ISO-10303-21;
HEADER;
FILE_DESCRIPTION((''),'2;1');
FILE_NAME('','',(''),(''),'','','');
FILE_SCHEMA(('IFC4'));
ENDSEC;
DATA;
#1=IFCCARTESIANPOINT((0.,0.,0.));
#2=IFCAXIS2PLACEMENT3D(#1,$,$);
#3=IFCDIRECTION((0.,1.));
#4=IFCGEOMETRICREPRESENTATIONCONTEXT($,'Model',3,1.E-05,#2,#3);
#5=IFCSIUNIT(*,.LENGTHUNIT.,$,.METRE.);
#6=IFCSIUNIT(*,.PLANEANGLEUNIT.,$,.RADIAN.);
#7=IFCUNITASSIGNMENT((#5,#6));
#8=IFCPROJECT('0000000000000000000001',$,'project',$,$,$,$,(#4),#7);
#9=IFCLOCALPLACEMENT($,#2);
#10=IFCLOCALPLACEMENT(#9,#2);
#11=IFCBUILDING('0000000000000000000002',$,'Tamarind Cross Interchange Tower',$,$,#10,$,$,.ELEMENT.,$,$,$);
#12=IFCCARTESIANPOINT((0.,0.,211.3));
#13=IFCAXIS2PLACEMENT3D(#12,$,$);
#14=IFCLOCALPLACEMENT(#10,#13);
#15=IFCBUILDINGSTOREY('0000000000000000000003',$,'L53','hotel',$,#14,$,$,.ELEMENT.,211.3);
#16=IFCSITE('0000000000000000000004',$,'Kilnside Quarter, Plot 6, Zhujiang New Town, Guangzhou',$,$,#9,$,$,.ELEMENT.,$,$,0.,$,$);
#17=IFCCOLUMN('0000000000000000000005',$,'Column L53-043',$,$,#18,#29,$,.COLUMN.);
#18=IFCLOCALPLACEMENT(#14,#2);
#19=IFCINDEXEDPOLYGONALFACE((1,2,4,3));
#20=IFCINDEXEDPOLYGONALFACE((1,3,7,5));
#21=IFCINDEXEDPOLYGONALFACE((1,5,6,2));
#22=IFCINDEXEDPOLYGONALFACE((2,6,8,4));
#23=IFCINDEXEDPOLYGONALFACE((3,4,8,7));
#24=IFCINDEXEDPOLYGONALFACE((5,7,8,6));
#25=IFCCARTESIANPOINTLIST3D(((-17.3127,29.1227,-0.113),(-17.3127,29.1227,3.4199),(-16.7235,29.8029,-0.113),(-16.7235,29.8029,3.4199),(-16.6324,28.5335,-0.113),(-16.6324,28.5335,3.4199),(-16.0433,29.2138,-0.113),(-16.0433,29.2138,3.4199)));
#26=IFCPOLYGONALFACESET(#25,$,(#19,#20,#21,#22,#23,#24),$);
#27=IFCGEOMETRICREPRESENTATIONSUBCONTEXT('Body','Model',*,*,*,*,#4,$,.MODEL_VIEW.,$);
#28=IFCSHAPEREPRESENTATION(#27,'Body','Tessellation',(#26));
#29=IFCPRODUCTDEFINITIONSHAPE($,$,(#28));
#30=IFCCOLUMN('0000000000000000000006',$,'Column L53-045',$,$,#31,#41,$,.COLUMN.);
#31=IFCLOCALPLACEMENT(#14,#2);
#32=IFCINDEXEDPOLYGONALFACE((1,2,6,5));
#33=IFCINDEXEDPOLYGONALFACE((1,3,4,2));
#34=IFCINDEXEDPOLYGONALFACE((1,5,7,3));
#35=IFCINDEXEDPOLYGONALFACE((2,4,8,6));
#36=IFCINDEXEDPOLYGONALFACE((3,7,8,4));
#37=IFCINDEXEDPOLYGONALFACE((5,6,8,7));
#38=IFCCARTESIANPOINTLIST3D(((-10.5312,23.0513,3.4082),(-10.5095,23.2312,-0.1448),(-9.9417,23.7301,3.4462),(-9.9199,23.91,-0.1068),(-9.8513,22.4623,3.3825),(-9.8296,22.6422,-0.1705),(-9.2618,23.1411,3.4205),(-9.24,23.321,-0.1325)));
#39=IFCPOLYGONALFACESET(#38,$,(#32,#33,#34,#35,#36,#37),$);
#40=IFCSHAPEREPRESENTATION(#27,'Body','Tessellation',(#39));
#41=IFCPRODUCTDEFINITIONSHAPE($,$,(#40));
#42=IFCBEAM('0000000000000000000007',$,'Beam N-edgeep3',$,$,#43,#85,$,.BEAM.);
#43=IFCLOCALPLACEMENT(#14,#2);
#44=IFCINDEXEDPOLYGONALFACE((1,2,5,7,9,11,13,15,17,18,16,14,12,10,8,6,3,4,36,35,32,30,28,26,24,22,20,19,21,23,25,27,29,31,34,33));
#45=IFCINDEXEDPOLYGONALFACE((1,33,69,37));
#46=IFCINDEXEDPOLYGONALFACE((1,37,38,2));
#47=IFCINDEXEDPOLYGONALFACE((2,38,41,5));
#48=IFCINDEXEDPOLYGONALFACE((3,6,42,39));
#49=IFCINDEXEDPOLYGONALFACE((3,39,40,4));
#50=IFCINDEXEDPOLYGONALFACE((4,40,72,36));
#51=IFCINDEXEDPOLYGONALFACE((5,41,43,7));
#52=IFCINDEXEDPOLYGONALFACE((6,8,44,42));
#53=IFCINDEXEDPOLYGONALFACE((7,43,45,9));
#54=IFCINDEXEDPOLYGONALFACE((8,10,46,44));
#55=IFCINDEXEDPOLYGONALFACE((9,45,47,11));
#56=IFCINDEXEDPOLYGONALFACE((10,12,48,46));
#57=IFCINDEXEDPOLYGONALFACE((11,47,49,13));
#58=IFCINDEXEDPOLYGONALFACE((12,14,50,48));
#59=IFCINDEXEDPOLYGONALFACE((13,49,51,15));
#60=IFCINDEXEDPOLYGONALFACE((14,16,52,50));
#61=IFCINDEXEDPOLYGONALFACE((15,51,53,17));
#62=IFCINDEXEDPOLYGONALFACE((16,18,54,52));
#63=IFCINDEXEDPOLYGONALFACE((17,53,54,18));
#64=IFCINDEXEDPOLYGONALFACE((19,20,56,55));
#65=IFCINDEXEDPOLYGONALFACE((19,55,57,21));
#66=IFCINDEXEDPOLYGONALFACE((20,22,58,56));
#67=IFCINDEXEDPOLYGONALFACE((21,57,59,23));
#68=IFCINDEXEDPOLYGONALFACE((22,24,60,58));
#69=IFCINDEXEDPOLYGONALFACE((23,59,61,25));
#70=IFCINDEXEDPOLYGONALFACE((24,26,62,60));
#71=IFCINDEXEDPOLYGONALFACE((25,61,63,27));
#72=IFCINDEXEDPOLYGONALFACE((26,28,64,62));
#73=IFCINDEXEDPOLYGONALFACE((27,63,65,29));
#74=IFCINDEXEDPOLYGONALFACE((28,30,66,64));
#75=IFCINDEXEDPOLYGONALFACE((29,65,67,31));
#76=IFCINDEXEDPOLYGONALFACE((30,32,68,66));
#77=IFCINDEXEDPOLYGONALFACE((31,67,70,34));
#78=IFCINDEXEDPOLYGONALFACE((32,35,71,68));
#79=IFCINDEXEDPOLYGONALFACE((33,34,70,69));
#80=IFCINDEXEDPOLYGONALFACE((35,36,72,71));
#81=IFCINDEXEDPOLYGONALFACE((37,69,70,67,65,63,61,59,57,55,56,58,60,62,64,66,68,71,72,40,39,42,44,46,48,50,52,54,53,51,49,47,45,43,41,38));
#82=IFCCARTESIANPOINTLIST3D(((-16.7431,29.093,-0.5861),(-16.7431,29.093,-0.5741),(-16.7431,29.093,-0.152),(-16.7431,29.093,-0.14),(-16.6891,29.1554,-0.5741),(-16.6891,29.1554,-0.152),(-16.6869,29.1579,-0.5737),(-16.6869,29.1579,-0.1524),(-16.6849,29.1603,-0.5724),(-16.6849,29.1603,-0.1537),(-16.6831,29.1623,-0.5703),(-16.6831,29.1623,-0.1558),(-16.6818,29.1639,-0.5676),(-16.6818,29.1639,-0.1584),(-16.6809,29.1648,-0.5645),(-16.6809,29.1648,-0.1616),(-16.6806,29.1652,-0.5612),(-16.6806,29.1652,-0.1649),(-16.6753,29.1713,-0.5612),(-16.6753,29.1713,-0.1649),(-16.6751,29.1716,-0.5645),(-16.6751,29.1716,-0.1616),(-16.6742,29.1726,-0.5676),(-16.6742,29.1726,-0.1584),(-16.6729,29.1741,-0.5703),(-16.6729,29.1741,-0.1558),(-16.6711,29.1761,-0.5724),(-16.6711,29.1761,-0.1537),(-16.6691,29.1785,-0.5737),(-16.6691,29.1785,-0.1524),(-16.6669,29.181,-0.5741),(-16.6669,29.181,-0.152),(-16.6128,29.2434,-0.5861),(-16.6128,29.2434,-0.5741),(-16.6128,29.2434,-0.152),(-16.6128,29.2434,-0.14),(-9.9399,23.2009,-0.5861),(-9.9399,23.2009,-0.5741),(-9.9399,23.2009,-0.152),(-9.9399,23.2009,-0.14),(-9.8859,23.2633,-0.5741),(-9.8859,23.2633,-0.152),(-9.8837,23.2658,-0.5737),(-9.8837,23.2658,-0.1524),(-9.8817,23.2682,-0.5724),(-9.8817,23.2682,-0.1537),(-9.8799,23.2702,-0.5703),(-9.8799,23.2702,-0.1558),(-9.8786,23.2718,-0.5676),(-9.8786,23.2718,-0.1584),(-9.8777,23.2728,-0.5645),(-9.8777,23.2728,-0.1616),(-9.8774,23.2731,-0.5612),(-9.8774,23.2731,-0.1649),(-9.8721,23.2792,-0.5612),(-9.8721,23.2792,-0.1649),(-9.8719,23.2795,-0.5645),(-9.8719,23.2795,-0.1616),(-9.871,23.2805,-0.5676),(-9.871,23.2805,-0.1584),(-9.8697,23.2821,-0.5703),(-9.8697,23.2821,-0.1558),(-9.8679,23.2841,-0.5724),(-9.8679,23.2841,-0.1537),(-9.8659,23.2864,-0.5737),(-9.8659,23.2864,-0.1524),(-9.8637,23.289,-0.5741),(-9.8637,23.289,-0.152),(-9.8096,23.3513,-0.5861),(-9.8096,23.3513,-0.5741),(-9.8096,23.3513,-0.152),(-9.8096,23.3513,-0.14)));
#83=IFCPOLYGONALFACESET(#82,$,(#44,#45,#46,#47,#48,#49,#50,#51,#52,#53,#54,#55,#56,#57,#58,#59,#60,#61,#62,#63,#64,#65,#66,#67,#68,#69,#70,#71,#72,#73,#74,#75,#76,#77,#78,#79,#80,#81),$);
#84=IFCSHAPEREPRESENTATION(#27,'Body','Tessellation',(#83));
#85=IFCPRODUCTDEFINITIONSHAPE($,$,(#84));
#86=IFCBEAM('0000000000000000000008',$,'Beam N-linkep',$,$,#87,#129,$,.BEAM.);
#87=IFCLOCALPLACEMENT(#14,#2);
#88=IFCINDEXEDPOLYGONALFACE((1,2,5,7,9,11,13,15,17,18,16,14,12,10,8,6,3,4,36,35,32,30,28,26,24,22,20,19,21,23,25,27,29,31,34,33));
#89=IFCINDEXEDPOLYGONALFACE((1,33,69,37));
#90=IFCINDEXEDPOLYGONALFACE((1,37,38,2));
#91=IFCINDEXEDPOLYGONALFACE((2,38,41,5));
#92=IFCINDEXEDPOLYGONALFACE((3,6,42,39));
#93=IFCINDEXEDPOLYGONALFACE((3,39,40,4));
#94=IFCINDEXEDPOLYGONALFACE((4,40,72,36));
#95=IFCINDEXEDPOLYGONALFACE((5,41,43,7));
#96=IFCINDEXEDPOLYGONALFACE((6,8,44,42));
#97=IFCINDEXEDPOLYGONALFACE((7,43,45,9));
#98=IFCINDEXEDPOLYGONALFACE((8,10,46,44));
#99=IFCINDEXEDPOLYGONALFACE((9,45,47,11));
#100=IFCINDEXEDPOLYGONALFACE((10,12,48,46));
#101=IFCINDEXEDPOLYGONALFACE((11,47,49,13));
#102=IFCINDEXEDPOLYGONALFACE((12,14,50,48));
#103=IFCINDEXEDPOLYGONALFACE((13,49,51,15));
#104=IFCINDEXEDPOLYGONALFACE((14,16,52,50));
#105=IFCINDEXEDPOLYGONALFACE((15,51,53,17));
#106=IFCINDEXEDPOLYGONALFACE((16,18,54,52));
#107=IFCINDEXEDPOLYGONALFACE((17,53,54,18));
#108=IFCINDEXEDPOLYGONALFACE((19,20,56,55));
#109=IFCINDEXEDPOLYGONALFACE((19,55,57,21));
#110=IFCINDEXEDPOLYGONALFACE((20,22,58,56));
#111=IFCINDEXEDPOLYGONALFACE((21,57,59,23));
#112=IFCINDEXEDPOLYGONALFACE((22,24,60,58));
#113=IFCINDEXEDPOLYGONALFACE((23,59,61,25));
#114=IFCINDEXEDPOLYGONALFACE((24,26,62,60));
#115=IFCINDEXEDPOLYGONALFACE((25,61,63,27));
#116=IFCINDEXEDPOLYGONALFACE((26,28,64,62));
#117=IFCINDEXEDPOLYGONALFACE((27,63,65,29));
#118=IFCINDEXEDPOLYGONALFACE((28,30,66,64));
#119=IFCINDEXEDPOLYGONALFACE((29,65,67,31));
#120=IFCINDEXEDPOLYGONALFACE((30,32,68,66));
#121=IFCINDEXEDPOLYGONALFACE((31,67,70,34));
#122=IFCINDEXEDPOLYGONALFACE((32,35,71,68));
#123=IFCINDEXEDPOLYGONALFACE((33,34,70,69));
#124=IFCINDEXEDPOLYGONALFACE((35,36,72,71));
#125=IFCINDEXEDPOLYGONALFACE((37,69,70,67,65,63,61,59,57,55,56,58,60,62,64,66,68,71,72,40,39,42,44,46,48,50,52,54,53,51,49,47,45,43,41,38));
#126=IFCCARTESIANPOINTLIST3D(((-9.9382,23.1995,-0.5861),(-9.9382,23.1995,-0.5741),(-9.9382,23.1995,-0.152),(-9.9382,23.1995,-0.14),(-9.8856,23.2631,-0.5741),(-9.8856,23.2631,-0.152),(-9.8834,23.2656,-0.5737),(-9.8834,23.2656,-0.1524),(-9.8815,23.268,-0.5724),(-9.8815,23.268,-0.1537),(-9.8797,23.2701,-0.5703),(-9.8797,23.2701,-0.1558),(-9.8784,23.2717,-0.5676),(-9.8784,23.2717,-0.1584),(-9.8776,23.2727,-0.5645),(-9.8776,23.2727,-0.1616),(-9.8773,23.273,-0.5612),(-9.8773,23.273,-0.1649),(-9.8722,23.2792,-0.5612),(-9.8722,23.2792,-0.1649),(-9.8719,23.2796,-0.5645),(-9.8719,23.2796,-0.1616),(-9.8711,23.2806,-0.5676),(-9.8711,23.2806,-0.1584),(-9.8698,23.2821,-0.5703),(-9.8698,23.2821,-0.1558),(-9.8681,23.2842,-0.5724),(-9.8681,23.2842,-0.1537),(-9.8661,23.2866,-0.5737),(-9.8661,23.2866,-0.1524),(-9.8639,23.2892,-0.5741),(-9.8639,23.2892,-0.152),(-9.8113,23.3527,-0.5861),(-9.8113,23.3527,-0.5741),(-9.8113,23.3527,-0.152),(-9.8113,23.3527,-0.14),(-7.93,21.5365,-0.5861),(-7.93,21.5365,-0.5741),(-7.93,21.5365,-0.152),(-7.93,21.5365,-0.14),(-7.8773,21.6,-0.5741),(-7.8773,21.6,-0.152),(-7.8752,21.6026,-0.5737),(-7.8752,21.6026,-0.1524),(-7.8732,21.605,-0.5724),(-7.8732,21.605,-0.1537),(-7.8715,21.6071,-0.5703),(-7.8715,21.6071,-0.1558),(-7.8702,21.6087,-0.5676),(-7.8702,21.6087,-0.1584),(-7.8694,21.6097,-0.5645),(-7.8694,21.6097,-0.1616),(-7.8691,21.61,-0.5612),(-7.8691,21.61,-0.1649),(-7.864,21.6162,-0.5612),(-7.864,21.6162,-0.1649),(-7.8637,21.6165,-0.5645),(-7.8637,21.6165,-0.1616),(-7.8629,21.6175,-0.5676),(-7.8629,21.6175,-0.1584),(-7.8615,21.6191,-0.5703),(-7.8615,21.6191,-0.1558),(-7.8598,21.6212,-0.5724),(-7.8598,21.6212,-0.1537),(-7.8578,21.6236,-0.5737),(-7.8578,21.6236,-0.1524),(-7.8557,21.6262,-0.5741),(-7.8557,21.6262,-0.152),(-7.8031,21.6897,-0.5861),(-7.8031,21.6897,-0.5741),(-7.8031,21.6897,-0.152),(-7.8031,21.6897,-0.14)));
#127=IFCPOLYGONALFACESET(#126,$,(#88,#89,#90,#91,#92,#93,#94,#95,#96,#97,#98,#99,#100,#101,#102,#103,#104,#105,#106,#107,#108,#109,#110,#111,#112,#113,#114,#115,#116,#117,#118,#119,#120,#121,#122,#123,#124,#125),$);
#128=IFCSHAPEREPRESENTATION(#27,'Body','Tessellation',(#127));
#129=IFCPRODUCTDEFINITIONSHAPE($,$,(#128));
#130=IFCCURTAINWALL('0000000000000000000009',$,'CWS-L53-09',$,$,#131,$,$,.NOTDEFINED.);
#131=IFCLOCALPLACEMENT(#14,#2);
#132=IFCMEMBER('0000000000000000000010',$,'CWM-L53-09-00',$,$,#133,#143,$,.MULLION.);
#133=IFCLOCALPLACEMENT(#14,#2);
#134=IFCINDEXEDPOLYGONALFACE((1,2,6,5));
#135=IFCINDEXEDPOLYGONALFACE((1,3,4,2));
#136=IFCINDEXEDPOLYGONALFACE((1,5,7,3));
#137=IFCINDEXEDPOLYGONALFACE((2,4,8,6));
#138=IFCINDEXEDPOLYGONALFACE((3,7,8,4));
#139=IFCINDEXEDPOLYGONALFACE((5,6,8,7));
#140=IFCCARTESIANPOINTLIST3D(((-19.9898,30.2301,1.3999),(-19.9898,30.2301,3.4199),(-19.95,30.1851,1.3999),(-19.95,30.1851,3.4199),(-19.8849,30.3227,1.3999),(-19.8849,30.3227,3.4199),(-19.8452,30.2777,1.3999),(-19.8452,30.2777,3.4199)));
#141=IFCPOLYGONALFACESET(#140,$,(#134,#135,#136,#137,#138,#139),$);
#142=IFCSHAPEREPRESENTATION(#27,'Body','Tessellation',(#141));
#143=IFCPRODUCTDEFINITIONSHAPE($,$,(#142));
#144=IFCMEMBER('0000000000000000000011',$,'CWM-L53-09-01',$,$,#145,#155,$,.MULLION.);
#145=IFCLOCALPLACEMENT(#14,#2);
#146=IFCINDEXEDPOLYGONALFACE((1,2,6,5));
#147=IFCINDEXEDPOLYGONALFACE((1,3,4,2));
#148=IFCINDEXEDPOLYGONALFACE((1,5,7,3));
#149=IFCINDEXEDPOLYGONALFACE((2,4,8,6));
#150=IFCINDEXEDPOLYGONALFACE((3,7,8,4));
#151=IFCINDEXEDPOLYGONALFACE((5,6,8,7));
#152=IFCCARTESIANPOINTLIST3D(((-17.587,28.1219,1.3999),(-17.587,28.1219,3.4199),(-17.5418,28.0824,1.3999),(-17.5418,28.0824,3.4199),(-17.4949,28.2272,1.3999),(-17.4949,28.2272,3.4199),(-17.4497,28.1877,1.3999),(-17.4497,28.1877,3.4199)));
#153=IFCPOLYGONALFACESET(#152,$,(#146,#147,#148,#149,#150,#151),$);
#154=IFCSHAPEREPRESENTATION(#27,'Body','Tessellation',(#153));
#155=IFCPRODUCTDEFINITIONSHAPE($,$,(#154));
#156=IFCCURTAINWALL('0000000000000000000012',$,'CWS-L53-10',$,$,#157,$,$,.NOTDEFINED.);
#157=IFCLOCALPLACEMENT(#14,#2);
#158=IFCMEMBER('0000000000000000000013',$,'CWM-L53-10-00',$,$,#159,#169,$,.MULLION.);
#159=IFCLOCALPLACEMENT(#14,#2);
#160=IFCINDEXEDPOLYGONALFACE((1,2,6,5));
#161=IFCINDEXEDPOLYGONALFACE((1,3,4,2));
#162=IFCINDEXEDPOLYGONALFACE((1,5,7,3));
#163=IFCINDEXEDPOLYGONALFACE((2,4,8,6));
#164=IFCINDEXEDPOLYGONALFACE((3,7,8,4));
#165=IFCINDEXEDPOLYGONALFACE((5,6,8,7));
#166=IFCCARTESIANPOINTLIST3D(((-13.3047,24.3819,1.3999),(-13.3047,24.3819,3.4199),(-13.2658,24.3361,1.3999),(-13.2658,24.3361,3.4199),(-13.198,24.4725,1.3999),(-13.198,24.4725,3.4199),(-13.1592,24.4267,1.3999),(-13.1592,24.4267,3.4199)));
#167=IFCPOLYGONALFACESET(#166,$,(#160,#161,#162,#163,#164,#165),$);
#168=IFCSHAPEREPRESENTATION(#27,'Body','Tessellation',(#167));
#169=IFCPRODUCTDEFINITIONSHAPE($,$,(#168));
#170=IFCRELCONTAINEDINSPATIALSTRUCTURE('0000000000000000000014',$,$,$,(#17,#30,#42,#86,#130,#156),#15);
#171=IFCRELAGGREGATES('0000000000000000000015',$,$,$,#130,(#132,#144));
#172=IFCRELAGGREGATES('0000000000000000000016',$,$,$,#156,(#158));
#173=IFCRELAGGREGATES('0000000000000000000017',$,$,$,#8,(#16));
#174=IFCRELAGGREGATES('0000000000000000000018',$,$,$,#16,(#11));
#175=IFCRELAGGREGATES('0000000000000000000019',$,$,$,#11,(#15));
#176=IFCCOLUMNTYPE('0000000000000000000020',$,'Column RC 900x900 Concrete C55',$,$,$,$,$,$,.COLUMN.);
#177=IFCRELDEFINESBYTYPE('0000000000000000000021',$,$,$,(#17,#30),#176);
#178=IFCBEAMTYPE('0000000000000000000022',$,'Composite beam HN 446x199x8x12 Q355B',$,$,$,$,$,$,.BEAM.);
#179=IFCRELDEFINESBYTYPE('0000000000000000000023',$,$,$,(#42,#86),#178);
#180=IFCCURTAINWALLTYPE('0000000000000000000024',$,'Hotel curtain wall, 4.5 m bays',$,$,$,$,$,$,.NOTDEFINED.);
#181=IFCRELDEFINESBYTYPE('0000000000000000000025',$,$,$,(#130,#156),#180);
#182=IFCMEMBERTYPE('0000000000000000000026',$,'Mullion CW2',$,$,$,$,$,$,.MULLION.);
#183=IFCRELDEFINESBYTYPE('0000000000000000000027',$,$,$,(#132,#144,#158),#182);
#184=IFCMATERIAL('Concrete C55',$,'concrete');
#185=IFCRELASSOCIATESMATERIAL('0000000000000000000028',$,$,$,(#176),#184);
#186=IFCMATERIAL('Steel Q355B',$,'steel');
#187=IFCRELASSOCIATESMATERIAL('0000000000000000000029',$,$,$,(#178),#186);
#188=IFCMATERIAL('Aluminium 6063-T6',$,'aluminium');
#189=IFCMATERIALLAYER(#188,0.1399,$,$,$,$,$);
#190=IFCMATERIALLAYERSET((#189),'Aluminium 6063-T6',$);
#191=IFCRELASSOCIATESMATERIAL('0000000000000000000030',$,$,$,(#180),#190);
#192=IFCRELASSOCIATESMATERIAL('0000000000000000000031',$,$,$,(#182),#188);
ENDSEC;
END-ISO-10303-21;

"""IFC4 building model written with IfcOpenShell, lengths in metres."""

from ifc_helpers import new_model, si_unit, direction, frame, origin, origin_2d, place, context, subcontext, project, spatial, rectangle, i_section, extrude, material, layer, layer_set, material_profile, profile_set, type_object, element, aggregate, save


model = new_model("IFC4")

# Units and contexts
model_context = context("Model", 3, precision=1e-05, world=origin(), true_north=direction((0.0, 1.0)))
body_context = subcontext(model_context, "Body", "Model", "MODEL_VIEW")
ifc_project = project(units=[si_unit("LENGTHUNIT", "METRE"), si_unit("PLANEANGLEUNIT", "RADIAN")], contexts=[model_context])

# Site, building, storey
site_placement = place(None, origin())
site = spatial("IfcSite", under=ifc_project, at=site_placement, Name="Kilnside Quarter, Plot 6, Zhujiang New Town, Guangzhou", CompositionType="ELEMENT", RefElevation=0.0)
building_placement = place(site_placement, origin())
building = spatial("IfcBuilding", under=site, at=building_placement, Name="Tamarind Cross Interchange Tower", CompositionType="ELEMENT")
storey_placement = place(building_placement, frame((0.0, 0.0, 211.3)))
storey = spatial("IfcBuildingStorey", under=building, at=storey_placement, Name="L53", Description="hotel", CompositionType="ELEMENT", Elevation=211.3)

# Columns
ifc_material_1 = material(Name="Concrete C55", Category="concrete")
ifc_material_profile_1 = material_profile(ifc_material_1, rectangle(XDim=0.8999, YDim=0.8999, at=origin_2d()), Name="RC 900x900")
ifc_profile_set_1 = profile_set([ifc_material_profile_1], Name="Concrete C55")
column_type = type_object("IfcColumnType", Name="Column RC 900x900 Concrete C55", PredefinedType="COLUMN", material=ifc_profile_set_1)
column_1_placement = place(storey_placement, frame((-16.678, 29.1682, -0.113), z_axis=(0.0, 0.0, 1.0), x_axis=(0.654667, 0.755917, 0.0)))
element("IfcColumn", 1, at=column_1_placement, inside=storey, type_object=column_type, Name="Column L53-043", PredefinedType="COLUMN", context=body_context, shape_type="SweptSolid", body=[
    extrude(rectangle(XDim=0.8999, YDim=0.8999, at=origin_2d()), origin(), (0.0, 0.0, 1.0), 3.533),
])
column_2_placement = place(storey_placement, frame((-9.8748, 23.2761, -0.1387), z_axis=(-0.006108, -0.050577, 0.998702), x_axis=(0.65512, 0.754345, 0.042208)))
element("IfcColumn", 2, at=column_2_placement, inside=storey, type_object=column_type, Name="Column L53-045", PredefinedType="COLUMN", context=body_context, shape_type="SweptSolid", body=[
    extrude(rectangle(XDim=0.8999, YDim=0.8999, at=origin_2d()), origin(), (0.0, 0.0, 1.0), 3.5576),
])

# Beams
ifc_material_2 = material(Name="Steel Q355B", Category="steel")
ifc_material_profile_2 = material_profile(ifc_material_2, i_section(OverallWidth=0.199, OverallDepth=0.446, WebThickness=0.0081, FlangeThickness=0.012, FilletRadius=0.0129, at=origin_2d()), Name="HN 446x199x8x12")
ifc_profile_set_2 = profile_set([ifc_material_profile_2], Name="Steel Q355B")
beam_type = type_object("IfcBeamType", Name="Composite beam HN 446x199x8x12 Q355B", PredefinedType="BEAM", material=ifc_profile_set_2)
beam_1_placement = place(storey_placement, frame((-16.678, 29.1682, -0.363), z_axis=(0.755911, -0.654674, 0.0), x_axis=(0.654674, 0.755911, 0.0)))
element("IfcBeam", 3, at=beam_1_placement, inside=storey, type_object=beam_type, Name="Beam N-edgeep3", PredefinedType="BEAM", context=body_context, shape_type="SweptSolid", body=[
    extrude(i_section(OverallWidth=0.199, OverallDepth=0.446, WebThickness=0.0081, FlangeThickness=0.012, FilletRadius=0.0129, at=origin_2d()), origin(), (0.0, 0.0, 1.0), 9.0),
])
beam_2_placement = place(storey_placement, frame((-9.8748, 23.2761, -0.363), z_axis=(0.770198, -0.637805, 0.0), x_axis=(0.637805, 0.770198, 0.0)))
element("IfcBeam", 4, at=beam_2_placement, inside=storey, type_object=beam_type, Name="Beam N-linkep", PredefinedType="BEAM", context=body_context, shape_type="SweptSolid", body=[
    extrude(i_section(OverallWidth=0.199, OverallDepth=0.446, WebThickness=0.0081, FlangeThickness=0.012, FilletRadius=0.0129, at=origin_2d()), origin(), (0.0, 0.0, 1.0), 2.6074),
])

# Curtain wall, members
ifc_material_3 = material(Name="Aluminium 6063-T6", Category="aluminium")
ifc_layer_1 = layer(ifc_material_3, 0.1399)
ifc_layer_set_1 = layer_set([ifc_layer_1], Name="Aluminium 6063-T6")
curtain_wall_type = type_object("IfcCurtainWallType", Name="Hotel curtain wall, 4.5 m bays", PredefinedType="NOTDEFINED", material=ifc_layer_set_1)
curtain_wall_1_placement = place(storey_placement, origin())
curtain_wall_1 = element("IfcCurtainWall", 5, at=curtain_wall_1_placement, inside=storey, type_object=curtain_wall_type, Name="CWS-L53-09", PredefinedType="NOTDEFINED")
ifc_material_profile_3 = material_profile(ifc_material_3, rectangle(XDim=0.0601, YDim=0.1399, at=origin_2d()), Name="Mullion CW2")
ifc_profile_set_3 = profile_set([ifc_material_profile_3], Name="Aluminium 6063-T6")
member_type = type_object("IfcMemberType", Name="Mullion CW2", PredefinedType="MULLION", material=ifc_profile_set_3)
member_1_placement = place(storey_placement, frame((-19.9175, 30.2539, 1.3999), z_axis=(0.0, 0.0, 1.0), x_axis=(0.662111, -0.749406, 0.0)))
member_1 = element("IfcMember", 6, at=member_1_placement, type_object=member_type, Name="CWM-L53-09-00", PredefinedType="MULLION", context=body_context, shape_type="SweptSolid", body=[
    extrude(rectangle(XDim=0.0601, YDim=0.1399, at=origin_2d()), origin(), (0.0, 0.0, 1.0), 2.02),
])
member_2_placement = place(storey_placement, frame((-17.5183, 28.1548, 1.3999), z_axis=(0.0, 0.0, 1.0), x_axis=(0.752605, -0.658472, 0.0)))
member_2 = element("IfcMember", 7, at=member_2_placement, type_object=member_type, Name="CWM-L53-09-01", PredefinedType="MULLION", context=body_context, shape_type="SweptSolid", body=[
    extrude(rectangle(XDim=0.0601, YDim=0.1399, at=origin_2d()), origin(), (0.0, 0.0, 1.0), 2.02),
])
aggregate(curtain_wall_1, [member_1, member_2])

# Curtain wall, member
curtain_wall_2_placement = place(storey_placement, origin())
curtain_wall_2 = element("IfcCurtainWall", 8, at=curtain_wall_2_placement, inside=storey, type_object=curtain_wall_type, Name="CWS-L53-10", PredefinedType="NOTDEFINED")
member_3_placement = place(storey_placement, frame((-13.2319, 24.4043, 1.3999), z_axis=(0.0, 0.0, 1.0), x_axis=(0.647182, -0.762335, 0.0)))
member_3 = element("IfcMember", 9, at=member_3_placement, type_object=member_type, Name="CWM-L53-10-00", PredefinedType="MULLION", context=body_context, shape_type="SweptSolid", body=[
    extrude(rectangle(XDim=0.0601, YDim=0.1399, at=origin_2d()), origin(), (0.0, 0.0, 1.0), 2.02),
])
aggregate(curtain_wall_2, [member_3])

save(model, "model.ifc")
